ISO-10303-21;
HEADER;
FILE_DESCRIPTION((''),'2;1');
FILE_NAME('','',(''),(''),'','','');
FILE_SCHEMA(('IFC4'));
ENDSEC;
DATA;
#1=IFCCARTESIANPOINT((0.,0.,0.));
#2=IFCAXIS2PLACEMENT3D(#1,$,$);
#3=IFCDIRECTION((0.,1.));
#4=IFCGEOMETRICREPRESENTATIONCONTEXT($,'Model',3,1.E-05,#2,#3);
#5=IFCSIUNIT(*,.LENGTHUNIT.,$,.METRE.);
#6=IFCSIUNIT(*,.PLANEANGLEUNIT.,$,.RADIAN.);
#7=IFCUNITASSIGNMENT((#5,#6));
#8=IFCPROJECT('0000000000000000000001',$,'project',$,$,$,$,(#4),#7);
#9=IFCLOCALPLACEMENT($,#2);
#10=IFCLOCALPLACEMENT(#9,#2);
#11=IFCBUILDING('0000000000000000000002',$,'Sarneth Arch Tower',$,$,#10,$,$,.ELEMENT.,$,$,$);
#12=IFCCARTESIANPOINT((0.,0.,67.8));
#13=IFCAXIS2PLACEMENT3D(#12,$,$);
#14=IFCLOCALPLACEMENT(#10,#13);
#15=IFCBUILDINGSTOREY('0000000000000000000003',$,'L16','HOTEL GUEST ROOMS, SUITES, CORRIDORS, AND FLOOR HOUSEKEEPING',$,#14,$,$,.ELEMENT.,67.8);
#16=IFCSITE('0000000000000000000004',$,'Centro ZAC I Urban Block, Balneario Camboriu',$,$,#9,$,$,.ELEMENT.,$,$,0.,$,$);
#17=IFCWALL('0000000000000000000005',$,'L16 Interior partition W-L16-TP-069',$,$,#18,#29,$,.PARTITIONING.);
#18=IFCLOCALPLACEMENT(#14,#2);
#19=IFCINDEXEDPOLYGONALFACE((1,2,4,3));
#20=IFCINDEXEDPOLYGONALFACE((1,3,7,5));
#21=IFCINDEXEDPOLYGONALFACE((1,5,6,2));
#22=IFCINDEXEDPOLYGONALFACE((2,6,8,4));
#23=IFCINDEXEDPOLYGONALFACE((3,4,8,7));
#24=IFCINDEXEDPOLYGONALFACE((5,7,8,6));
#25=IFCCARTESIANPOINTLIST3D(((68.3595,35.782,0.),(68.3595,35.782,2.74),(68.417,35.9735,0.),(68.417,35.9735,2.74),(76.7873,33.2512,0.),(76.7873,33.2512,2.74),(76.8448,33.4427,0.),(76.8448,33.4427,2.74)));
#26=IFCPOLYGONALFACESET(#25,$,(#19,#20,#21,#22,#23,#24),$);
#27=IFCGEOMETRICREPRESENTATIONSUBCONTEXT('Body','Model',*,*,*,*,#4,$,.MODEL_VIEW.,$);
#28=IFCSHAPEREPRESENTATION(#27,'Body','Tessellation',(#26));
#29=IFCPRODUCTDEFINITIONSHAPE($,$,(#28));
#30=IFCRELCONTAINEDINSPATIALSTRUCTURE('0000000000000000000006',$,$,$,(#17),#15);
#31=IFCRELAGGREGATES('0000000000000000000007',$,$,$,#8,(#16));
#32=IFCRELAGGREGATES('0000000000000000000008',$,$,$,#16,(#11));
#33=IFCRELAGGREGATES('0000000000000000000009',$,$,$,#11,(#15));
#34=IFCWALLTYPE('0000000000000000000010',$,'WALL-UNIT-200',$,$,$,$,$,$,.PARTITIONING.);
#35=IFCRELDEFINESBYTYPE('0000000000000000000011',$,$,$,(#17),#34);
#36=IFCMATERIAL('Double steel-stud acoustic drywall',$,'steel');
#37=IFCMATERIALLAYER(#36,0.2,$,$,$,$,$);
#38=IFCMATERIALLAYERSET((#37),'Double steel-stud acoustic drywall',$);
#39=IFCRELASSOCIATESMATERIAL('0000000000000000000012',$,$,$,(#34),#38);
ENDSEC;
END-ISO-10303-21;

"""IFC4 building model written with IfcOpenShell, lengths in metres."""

from ifc_helpers import new_model, si_unit, direction, frame, frame_2d, origin, place, context, subcontext, project, spatial, rectangle, extrude, material, layer, layer_set, type_object, element, save


model = new_model("IFC4")

# Units and contexts
model_context = context("Model", 3, precision=1e-05, world=origin(), true_north=direction((0.0, 1.0)))
body_context = subcontext(model_context, "Body", "Model", "MODEL_VIEW")
ifc_project = project(units=[si_unit("LENGTHUNIT", "METRE"), si_unit("PLANEANGLEUNIT", "RADIAN")], contexts=[model_context])

# Site, building, storey
site_placement = place(None, origin())
site = spatial("IfcSite", under=ifc_project, at=site_placement, Name="Centro ZAC I Urban Block, Balneario Camboriu", CompositionType="ELEMENT", RefElevation=0.0)
building_placement = place(site_placement, origin())
building = spatial("IfcBuilding", under=site, at=building_placement, Name="Sarneth Arch Tower", CompositionType="ELEMENT")
storey_placement = place(building_placement, frame((0.0, 0.0, 67.8)))
storey = spatial("IfcBuildingStorey", under=building, at=storey_placement, Name="L16", Description="HOTEL GUEST ROOMS, SUITES, CORRIDORS, AND FLOOR HOUSEKEEPING", CompositionType="ELEMENT", Elevation=67.8)

# Wall
ifc_material_1 = material(Name="Double steel-stud acoustic drywall", Category="steel")
ifc_layer_1 = layer(ifc_material_1, 0.2)
ifc_layer_set_1 = layer_set([ifc_layer_1], Name="Double steel-stud acoustic drywall")
wall_type_1 = type_object("IfcWallType", Name="WALL-UNIT-200", PredefinedType="PARTITIONING", material=ifc_layer_set_1)
wall_1_placement = place(storey_placement, frame((76.8162, 33.3469, 0.0), z_axis=(0.0, 0.0, 1.0), x_axis=(-0.95775, 0.287602, 0.0)))
element("IfcWall", 1, at=wall_1_placement, inside=storey, type_object=wall_type_1, Name="L16 Interior partition W-L16-TP-069", PredefinedType="PARTITIONING", context=body_context, shape_type="SweptSolid", body=[
    extrude(rectangle(XDim=8.7996, YDim=0.2, at=frame_2d((4.3999, 0.0))), origin(), (0.0, 0.0, 1.0), 2.74),
])

save(model, "model.ifc")
